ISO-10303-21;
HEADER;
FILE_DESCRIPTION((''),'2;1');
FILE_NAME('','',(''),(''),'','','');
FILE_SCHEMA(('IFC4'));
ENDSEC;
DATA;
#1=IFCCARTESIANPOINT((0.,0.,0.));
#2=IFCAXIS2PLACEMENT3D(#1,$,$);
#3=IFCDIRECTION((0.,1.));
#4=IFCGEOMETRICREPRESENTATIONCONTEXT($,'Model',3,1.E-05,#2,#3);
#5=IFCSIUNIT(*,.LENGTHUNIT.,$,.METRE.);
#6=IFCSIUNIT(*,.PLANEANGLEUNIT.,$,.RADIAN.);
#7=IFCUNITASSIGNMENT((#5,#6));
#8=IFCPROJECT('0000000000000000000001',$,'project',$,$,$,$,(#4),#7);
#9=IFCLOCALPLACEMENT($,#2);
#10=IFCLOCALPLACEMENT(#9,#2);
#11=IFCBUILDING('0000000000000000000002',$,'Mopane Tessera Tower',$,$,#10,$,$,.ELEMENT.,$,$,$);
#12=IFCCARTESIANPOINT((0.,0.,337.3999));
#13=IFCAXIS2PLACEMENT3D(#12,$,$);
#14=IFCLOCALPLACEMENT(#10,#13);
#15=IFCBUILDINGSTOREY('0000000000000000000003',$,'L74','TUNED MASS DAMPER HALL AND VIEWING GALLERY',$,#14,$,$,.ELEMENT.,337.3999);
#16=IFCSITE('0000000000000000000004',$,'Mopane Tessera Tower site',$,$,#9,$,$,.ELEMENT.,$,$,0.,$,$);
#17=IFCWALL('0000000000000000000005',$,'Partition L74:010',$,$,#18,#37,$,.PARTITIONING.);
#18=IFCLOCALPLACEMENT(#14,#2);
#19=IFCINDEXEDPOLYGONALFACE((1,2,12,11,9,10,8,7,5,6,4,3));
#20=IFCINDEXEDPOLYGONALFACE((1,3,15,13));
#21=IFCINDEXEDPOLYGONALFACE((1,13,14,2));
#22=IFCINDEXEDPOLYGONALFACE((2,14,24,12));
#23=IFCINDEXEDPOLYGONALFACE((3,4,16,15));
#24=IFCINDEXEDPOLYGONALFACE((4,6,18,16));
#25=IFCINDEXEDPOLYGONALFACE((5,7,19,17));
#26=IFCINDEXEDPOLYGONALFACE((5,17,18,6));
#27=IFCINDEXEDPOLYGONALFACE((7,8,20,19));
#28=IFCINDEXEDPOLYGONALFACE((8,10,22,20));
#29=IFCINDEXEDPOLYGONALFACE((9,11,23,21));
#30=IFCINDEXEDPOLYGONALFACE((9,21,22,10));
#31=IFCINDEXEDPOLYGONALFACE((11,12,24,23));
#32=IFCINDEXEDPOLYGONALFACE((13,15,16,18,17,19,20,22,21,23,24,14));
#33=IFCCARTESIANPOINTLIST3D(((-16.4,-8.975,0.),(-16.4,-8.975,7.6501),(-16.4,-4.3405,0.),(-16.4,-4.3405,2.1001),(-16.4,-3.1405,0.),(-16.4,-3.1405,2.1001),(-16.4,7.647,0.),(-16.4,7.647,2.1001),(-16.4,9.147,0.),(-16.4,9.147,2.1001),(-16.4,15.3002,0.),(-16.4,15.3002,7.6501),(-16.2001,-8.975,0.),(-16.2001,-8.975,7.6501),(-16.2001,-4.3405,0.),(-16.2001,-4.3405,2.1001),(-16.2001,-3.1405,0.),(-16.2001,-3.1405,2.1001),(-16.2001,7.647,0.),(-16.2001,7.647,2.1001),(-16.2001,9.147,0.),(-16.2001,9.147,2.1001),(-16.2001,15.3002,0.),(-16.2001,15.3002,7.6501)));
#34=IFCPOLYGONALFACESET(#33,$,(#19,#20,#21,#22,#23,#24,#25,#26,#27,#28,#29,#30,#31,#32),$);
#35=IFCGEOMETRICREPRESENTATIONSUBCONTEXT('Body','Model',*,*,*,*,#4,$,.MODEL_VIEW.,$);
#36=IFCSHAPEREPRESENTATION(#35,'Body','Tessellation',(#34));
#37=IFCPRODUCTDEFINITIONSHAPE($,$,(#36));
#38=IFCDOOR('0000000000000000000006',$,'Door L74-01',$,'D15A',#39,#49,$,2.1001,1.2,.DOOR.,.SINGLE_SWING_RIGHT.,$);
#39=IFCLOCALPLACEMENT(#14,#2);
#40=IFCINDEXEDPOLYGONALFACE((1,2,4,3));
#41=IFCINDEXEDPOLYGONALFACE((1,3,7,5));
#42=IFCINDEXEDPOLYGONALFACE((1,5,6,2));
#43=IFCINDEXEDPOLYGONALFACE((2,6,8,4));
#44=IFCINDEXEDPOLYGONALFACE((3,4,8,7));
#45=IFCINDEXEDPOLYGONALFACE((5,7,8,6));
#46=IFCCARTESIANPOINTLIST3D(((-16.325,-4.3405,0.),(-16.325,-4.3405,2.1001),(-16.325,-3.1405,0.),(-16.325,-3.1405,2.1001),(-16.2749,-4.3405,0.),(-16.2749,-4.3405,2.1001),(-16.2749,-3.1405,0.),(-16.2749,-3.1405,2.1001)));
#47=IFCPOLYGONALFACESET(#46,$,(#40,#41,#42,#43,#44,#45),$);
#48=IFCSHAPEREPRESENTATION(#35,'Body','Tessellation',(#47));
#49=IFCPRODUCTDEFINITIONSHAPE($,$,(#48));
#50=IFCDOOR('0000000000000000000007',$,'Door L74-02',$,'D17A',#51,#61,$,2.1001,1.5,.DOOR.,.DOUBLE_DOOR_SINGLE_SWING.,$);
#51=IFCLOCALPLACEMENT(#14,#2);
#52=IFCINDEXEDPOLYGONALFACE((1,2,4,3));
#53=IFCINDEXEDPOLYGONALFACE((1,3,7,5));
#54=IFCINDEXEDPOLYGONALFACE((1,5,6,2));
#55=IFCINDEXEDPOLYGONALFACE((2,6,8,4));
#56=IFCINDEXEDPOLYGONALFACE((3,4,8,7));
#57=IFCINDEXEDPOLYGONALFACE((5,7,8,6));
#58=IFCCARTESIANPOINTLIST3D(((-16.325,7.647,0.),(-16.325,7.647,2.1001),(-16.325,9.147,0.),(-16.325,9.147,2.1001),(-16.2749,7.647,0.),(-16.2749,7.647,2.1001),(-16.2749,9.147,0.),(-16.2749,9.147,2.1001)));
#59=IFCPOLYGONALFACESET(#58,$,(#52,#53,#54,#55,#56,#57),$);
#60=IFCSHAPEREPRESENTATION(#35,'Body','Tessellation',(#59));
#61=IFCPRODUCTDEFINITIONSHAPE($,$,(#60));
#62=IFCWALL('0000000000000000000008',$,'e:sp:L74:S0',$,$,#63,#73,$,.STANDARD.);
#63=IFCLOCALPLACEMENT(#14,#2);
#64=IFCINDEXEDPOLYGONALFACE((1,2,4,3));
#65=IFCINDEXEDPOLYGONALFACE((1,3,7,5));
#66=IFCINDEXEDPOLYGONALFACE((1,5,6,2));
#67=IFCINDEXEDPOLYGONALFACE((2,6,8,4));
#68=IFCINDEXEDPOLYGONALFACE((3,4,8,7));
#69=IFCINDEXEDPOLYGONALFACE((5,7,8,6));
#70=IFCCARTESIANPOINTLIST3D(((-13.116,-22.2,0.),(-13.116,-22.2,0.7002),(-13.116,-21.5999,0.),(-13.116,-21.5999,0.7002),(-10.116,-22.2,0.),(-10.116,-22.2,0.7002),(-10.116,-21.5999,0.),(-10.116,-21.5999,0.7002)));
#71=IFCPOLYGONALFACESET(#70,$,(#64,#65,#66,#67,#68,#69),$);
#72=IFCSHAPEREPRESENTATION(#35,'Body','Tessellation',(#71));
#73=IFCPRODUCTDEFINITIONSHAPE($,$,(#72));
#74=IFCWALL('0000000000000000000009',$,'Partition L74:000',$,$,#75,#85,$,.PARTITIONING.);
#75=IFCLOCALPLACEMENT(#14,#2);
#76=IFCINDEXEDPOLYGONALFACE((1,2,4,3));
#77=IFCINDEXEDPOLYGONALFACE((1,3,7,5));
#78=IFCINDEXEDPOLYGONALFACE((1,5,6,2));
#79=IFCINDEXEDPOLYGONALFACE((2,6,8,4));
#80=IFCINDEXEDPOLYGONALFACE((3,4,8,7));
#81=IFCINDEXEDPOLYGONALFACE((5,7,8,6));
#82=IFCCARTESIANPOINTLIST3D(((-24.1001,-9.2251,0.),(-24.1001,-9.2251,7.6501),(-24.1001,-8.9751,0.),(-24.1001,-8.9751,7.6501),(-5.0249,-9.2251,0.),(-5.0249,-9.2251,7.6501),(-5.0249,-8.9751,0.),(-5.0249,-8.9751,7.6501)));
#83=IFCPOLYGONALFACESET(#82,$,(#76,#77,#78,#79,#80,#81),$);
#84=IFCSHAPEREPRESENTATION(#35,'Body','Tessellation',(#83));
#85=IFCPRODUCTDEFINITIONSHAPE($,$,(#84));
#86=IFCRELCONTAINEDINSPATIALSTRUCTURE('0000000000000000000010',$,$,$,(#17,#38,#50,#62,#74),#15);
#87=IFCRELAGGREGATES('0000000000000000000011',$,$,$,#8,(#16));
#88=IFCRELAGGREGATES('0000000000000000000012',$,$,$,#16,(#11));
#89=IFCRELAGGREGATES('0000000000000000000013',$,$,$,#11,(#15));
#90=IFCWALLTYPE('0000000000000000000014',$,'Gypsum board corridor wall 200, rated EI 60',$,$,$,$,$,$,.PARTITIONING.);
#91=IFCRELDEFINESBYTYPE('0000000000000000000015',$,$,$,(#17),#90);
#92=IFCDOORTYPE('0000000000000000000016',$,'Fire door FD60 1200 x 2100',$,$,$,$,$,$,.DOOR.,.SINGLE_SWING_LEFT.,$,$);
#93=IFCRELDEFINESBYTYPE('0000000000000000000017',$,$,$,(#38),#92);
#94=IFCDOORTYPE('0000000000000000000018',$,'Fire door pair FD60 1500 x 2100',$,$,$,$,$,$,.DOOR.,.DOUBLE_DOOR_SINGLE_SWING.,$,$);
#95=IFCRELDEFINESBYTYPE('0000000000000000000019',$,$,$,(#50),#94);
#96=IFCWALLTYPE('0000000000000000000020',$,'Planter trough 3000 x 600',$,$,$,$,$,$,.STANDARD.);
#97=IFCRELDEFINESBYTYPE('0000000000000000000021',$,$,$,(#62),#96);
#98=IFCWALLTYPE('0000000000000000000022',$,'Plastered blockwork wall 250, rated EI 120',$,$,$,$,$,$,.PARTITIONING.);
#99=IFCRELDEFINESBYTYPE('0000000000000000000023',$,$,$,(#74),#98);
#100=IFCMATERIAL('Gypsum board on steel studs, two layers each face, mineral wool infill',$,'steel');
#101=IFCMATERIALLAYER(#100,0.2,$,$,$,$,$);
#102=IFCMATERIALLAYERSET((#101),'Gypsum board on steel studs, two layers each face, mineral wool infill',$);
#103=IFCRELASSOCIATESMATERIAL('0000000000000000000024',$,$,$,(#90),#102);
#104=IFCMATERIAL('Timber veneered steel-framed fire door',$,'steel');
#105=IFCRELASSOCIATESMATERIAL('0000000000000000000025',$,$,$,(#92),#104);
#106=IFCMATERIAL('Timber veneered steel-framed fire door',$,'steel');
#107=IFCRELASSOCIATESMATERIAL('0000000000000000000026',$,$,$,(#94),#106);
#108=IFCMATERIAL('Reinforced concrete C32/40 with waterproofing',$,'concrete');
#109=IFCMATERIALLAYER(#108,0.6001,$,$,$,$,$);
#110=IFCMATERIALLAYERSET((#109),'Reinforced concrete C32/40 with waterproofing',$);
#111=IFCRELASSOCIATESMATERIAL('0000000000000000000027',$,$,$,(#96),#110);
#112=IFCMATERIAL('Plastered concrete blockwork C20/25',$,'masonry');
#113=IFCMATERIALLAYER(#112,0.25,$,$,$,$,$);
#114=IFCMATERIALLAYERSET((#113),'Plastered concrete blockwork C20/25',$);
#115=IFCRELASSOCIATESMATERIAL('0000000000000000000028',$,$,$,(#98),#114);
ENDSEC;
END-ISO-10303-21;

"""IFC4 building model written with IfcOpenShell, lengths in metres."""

from ifc_helpers import new_model, si_unit, direction, frame, frame_2d, origin, place, context, subcontext, project, spatial, rectangle, extrude, material, layer, layer_set, type_object, element, fill, save


model = new_model("IFC4")

# Units and contexts
model_context = context("Model", 3, precision=1e-05, world=origin(), true_north=direction((0.0, 1.0)))
body_context = subcontext(model_context, "Body", "Model", "MODEL_VIEW")
ifc_project = project(units=[si_unit("LENGTHUNIT", "METRE"), si_unit("PLANEANGLEUNIT", "RADIAN")], contexts=[model_context])

# Site, building, storey
site_placement = place(None, origin())
site = spatial("IfcSite", under=ifc_project, at=site_placement, Name="Mopane Tessera Tower site", CompositionType="ELEMENT", RefElevation=0.0)
building_placement = place(site_placement, origin())
building = spatial("IfcBuilding", under=site, at=building_placement, Name="Mopane Tessera Tower", CompositionType="ELEMENT")
storey_placement = place(building_placement, frame((0.0, 0.0, 337.3999)))
storey = spatial("IfcBuildingStorey", under=building, at=storey_placement, Name="L74", Description="TUNED MASS DAMPER HALL AND VIEWING GALLERY", CompositionType="ELEMENT", Elevation=337.3999)

# Wall, openings, doors
ifc_material_1 = material(Name="Gypsum board on steel studs, two layers each face, mineral wool infill", Category="steel")
ifc_layer_1 = layer(ifc_material_1, 0.2)
ifc_layer_set_1 = layer_set([ifc_layer_1], Name="Gypsum board on steel studs, two layers each face, mineral wool infill")
wall_type_1 = type_object("IfcWallType", Name="Gypsum board corridor wall 200, rated EI 60", PredefinedType="PARTITIONING", material=ifc_layer_set_1)
wall_1_placement = place(storey_placement, frame((-16.3, -8.9751, 0.0), z_axis=(0.0, 0.0, 1.0), x_axis=(0.0, 1.0, 0.0)))
wall_1 = element("IfcWall", 1, at=wall_1_placement, inside=storey, type_object=wall_type_1, Name="Partition L74:010", PredefinedType="PARTITIONING", context=body_context, shape_type="SweptSolid", body=[
    extrude(rectangle(XDim=24.2751, YDim=0.2, at=frame_2d((12.1377, 0.0))), origin(), (0.0, 0.0, 1.0), 7.6501),
])
opening_1_placement = place(wall_1_placement, frame((4.6345, 0.0, 0.0)))
opening_1 = element("IfcOpeningElement", 2, at=opening_1_placement, cuts=wall_1, PredefinedType="OPENING", context=body_context, shape_type="SweptSolid", body=[
    extrude(rectangle(XDim=1.2, YDim=2.1001, at=frame_2d((0.6001, 1.05))), frame((0.0, 0.1121, 0.0), z_axis=(0.0, -1.0, 0.0), x_axis=(1.0, 0.0, 0.0)), (0.0, 0.0, 1.0), 0.2239),
])
opening_2_placement = place(wall_1_placement, frame((16.6221, 0.0, 0.0)))
opening_2 = element("IfcOpeningElement", 3, at=opening_2_placement, cuts=wall_1, PredefinedType="OPENING", context=body_context, shape_type="SweptSolid", body=[
    extrude(rectangle(XDim=1.5, YDim=2.1001, at=frame_2d((0.75, 1.05))), frame((0.0, 0.1121, 0.0), z_axis=(0.0, -1.0, 0.0), x_axis=(1.0, 0.0, 0.0)), (0.0, 0.0, 1.0), 0.2239),
])
ifc_material_2 = material(Name="Timber veneered steel-framed fire door", Category="steel")
door_type_1 = type_object("IfcDoorType", Name="Fire door FD60 1200 x 2100", OperationType="SINGLE_SWING_LEFT", PredefinedType="DOOR", material=ifc_material_2)
door_1_placement = place(opening_1_placement, origin())
door_1 = element("IfcDoor", 4, at=door_1_placement, inside=storey, type_object=door_type_1, Name="Door L74-01", ObjectType="D15A", OperationType="SINGLE_SWING_RIGHT", OverallHeight=2.1001, OverallWidth=1.2, PredefinedType="DOOR", context=body_context, shape_type="SweptSolid", body=[
    extrude(rectangle(XDim=1.2, YDim=2.1001, at=frame_2d((0.6001, 1.05))), frame((0.0, 0.0249, 0.0), z_axis=(0.0, -1.0, 0.0), x_axis=(1.0, 0.0, 0.0)), (0.0, 0.0, 1.0), 0.05),
])
fill(opening_1, door_1)
ifc_material_3 = material(Name="Timber veneered steel-framed fire door", Category="steel")
door_type_2 = type_object("IfcDoorType", Name="Fire door pair FD60 1500 x 2100", OperationType="DOUBLE_DOOR_SINGLE_SWING", PredefinedType="DOOR", material=ifc_material_3)
door_2_placement = place(opening_2_placement, origin())
door_2 = element("IfcDoor", 5, at=door_2_placement, inside=storey, type_object=door_type_2, Name="Door L74-02", ObjectType="D17A", OperationType="DOUBLE_DOOR_SINGLE_SWING", OverallHeight=2.1001, OverallWidth=1.5, PredefinedType="DOOR", context=body_context, shape_type="SweptSolid", body=[
    extrude(rectangle(XDim=1.5, YDim=2.1001, at=frame_2d((0.75, 1.05))), frame((0.0, 0.0249, 0.0), z_axis=(0.0, -1.0, 0.0), x_axis=(1.0, 0.0, 0.0)), (0.0, 0.0, 1.0), 0.05),
])
fill(opening_2, door_2)

# Walls
ifc_material_4 = material(Name="Reinforced concrete C32/40 with waterproofing", Category="concrete")
ifc_layer_2 = layer(ifc_material_4, 0.6001)
ifc_layer_set_2 = layer_set([ifc_layer_2], Name="Reinforced concrete C32/40 with waterproofing")
wall_type_2 = type_object("IfcWallType", Name="Planter trough 3000 x 600", PredefinedType="STANDARD", material=ifc_layer_set_2)
wall_2_placement = place(storey_placement, frame((-13.116, -21.8999, 0.0), z_axis=(0.0, 0.0, 1.0), x_axis=(1.0, 0.0, 0.0)))
element("IfcWall", 6, at=wall_2_placement, inside=storey, type_object=wall_type_2, Name="e:sp:L74:S0", PredefinedType="STANDARD", context=body_context, shape_type="SweptSolid", body=[
    extrude(rectangle(XDim=3.0, YDim=0.6001, at=frame_2d((1.5, 0.0))), origin(), (0.0, 0.0, 1.0), 0.7002),
])
ifc_material_5 = material(Name="Plastered concrete blockwork C20/25", Category="masonry")
ifc_layer_3 = layer(ifc_material_5, 0.25)
ifc_layer_set_3 = layer_set([ifc_layer_3], Name="Plastered concrete blockwork C20/25")
wall_type_3 = type_object("IfcWallType", Name="Plastered blockwork wall 250, rated EI 120", PredefinedType="PARTITIONING", material=ifc_layer_set_3)
wall_3_placement = place(storey_placement, frame((-24.1001, -9.1001, 0.0), z_axis=(0.0, 0.0, 1.0), x_axis=(1.0, 0.0, 0.0)))
element("IfcWall", 7, at=wall_3_placement, inside=storey, type_object=wall_type_3, Name="Partition L74:000", PredefinedType="PARTITIONING", context=body_context, shape_type="SweptSolid", body=[
    extrude(rectangle(XDim=19.0752, YDim=0.25, at=frame_2d((9.5376, 0.0))), origin(), (0.0, 0.0, 1.0), 7.6501),
])

save(model, "model.ifc")
